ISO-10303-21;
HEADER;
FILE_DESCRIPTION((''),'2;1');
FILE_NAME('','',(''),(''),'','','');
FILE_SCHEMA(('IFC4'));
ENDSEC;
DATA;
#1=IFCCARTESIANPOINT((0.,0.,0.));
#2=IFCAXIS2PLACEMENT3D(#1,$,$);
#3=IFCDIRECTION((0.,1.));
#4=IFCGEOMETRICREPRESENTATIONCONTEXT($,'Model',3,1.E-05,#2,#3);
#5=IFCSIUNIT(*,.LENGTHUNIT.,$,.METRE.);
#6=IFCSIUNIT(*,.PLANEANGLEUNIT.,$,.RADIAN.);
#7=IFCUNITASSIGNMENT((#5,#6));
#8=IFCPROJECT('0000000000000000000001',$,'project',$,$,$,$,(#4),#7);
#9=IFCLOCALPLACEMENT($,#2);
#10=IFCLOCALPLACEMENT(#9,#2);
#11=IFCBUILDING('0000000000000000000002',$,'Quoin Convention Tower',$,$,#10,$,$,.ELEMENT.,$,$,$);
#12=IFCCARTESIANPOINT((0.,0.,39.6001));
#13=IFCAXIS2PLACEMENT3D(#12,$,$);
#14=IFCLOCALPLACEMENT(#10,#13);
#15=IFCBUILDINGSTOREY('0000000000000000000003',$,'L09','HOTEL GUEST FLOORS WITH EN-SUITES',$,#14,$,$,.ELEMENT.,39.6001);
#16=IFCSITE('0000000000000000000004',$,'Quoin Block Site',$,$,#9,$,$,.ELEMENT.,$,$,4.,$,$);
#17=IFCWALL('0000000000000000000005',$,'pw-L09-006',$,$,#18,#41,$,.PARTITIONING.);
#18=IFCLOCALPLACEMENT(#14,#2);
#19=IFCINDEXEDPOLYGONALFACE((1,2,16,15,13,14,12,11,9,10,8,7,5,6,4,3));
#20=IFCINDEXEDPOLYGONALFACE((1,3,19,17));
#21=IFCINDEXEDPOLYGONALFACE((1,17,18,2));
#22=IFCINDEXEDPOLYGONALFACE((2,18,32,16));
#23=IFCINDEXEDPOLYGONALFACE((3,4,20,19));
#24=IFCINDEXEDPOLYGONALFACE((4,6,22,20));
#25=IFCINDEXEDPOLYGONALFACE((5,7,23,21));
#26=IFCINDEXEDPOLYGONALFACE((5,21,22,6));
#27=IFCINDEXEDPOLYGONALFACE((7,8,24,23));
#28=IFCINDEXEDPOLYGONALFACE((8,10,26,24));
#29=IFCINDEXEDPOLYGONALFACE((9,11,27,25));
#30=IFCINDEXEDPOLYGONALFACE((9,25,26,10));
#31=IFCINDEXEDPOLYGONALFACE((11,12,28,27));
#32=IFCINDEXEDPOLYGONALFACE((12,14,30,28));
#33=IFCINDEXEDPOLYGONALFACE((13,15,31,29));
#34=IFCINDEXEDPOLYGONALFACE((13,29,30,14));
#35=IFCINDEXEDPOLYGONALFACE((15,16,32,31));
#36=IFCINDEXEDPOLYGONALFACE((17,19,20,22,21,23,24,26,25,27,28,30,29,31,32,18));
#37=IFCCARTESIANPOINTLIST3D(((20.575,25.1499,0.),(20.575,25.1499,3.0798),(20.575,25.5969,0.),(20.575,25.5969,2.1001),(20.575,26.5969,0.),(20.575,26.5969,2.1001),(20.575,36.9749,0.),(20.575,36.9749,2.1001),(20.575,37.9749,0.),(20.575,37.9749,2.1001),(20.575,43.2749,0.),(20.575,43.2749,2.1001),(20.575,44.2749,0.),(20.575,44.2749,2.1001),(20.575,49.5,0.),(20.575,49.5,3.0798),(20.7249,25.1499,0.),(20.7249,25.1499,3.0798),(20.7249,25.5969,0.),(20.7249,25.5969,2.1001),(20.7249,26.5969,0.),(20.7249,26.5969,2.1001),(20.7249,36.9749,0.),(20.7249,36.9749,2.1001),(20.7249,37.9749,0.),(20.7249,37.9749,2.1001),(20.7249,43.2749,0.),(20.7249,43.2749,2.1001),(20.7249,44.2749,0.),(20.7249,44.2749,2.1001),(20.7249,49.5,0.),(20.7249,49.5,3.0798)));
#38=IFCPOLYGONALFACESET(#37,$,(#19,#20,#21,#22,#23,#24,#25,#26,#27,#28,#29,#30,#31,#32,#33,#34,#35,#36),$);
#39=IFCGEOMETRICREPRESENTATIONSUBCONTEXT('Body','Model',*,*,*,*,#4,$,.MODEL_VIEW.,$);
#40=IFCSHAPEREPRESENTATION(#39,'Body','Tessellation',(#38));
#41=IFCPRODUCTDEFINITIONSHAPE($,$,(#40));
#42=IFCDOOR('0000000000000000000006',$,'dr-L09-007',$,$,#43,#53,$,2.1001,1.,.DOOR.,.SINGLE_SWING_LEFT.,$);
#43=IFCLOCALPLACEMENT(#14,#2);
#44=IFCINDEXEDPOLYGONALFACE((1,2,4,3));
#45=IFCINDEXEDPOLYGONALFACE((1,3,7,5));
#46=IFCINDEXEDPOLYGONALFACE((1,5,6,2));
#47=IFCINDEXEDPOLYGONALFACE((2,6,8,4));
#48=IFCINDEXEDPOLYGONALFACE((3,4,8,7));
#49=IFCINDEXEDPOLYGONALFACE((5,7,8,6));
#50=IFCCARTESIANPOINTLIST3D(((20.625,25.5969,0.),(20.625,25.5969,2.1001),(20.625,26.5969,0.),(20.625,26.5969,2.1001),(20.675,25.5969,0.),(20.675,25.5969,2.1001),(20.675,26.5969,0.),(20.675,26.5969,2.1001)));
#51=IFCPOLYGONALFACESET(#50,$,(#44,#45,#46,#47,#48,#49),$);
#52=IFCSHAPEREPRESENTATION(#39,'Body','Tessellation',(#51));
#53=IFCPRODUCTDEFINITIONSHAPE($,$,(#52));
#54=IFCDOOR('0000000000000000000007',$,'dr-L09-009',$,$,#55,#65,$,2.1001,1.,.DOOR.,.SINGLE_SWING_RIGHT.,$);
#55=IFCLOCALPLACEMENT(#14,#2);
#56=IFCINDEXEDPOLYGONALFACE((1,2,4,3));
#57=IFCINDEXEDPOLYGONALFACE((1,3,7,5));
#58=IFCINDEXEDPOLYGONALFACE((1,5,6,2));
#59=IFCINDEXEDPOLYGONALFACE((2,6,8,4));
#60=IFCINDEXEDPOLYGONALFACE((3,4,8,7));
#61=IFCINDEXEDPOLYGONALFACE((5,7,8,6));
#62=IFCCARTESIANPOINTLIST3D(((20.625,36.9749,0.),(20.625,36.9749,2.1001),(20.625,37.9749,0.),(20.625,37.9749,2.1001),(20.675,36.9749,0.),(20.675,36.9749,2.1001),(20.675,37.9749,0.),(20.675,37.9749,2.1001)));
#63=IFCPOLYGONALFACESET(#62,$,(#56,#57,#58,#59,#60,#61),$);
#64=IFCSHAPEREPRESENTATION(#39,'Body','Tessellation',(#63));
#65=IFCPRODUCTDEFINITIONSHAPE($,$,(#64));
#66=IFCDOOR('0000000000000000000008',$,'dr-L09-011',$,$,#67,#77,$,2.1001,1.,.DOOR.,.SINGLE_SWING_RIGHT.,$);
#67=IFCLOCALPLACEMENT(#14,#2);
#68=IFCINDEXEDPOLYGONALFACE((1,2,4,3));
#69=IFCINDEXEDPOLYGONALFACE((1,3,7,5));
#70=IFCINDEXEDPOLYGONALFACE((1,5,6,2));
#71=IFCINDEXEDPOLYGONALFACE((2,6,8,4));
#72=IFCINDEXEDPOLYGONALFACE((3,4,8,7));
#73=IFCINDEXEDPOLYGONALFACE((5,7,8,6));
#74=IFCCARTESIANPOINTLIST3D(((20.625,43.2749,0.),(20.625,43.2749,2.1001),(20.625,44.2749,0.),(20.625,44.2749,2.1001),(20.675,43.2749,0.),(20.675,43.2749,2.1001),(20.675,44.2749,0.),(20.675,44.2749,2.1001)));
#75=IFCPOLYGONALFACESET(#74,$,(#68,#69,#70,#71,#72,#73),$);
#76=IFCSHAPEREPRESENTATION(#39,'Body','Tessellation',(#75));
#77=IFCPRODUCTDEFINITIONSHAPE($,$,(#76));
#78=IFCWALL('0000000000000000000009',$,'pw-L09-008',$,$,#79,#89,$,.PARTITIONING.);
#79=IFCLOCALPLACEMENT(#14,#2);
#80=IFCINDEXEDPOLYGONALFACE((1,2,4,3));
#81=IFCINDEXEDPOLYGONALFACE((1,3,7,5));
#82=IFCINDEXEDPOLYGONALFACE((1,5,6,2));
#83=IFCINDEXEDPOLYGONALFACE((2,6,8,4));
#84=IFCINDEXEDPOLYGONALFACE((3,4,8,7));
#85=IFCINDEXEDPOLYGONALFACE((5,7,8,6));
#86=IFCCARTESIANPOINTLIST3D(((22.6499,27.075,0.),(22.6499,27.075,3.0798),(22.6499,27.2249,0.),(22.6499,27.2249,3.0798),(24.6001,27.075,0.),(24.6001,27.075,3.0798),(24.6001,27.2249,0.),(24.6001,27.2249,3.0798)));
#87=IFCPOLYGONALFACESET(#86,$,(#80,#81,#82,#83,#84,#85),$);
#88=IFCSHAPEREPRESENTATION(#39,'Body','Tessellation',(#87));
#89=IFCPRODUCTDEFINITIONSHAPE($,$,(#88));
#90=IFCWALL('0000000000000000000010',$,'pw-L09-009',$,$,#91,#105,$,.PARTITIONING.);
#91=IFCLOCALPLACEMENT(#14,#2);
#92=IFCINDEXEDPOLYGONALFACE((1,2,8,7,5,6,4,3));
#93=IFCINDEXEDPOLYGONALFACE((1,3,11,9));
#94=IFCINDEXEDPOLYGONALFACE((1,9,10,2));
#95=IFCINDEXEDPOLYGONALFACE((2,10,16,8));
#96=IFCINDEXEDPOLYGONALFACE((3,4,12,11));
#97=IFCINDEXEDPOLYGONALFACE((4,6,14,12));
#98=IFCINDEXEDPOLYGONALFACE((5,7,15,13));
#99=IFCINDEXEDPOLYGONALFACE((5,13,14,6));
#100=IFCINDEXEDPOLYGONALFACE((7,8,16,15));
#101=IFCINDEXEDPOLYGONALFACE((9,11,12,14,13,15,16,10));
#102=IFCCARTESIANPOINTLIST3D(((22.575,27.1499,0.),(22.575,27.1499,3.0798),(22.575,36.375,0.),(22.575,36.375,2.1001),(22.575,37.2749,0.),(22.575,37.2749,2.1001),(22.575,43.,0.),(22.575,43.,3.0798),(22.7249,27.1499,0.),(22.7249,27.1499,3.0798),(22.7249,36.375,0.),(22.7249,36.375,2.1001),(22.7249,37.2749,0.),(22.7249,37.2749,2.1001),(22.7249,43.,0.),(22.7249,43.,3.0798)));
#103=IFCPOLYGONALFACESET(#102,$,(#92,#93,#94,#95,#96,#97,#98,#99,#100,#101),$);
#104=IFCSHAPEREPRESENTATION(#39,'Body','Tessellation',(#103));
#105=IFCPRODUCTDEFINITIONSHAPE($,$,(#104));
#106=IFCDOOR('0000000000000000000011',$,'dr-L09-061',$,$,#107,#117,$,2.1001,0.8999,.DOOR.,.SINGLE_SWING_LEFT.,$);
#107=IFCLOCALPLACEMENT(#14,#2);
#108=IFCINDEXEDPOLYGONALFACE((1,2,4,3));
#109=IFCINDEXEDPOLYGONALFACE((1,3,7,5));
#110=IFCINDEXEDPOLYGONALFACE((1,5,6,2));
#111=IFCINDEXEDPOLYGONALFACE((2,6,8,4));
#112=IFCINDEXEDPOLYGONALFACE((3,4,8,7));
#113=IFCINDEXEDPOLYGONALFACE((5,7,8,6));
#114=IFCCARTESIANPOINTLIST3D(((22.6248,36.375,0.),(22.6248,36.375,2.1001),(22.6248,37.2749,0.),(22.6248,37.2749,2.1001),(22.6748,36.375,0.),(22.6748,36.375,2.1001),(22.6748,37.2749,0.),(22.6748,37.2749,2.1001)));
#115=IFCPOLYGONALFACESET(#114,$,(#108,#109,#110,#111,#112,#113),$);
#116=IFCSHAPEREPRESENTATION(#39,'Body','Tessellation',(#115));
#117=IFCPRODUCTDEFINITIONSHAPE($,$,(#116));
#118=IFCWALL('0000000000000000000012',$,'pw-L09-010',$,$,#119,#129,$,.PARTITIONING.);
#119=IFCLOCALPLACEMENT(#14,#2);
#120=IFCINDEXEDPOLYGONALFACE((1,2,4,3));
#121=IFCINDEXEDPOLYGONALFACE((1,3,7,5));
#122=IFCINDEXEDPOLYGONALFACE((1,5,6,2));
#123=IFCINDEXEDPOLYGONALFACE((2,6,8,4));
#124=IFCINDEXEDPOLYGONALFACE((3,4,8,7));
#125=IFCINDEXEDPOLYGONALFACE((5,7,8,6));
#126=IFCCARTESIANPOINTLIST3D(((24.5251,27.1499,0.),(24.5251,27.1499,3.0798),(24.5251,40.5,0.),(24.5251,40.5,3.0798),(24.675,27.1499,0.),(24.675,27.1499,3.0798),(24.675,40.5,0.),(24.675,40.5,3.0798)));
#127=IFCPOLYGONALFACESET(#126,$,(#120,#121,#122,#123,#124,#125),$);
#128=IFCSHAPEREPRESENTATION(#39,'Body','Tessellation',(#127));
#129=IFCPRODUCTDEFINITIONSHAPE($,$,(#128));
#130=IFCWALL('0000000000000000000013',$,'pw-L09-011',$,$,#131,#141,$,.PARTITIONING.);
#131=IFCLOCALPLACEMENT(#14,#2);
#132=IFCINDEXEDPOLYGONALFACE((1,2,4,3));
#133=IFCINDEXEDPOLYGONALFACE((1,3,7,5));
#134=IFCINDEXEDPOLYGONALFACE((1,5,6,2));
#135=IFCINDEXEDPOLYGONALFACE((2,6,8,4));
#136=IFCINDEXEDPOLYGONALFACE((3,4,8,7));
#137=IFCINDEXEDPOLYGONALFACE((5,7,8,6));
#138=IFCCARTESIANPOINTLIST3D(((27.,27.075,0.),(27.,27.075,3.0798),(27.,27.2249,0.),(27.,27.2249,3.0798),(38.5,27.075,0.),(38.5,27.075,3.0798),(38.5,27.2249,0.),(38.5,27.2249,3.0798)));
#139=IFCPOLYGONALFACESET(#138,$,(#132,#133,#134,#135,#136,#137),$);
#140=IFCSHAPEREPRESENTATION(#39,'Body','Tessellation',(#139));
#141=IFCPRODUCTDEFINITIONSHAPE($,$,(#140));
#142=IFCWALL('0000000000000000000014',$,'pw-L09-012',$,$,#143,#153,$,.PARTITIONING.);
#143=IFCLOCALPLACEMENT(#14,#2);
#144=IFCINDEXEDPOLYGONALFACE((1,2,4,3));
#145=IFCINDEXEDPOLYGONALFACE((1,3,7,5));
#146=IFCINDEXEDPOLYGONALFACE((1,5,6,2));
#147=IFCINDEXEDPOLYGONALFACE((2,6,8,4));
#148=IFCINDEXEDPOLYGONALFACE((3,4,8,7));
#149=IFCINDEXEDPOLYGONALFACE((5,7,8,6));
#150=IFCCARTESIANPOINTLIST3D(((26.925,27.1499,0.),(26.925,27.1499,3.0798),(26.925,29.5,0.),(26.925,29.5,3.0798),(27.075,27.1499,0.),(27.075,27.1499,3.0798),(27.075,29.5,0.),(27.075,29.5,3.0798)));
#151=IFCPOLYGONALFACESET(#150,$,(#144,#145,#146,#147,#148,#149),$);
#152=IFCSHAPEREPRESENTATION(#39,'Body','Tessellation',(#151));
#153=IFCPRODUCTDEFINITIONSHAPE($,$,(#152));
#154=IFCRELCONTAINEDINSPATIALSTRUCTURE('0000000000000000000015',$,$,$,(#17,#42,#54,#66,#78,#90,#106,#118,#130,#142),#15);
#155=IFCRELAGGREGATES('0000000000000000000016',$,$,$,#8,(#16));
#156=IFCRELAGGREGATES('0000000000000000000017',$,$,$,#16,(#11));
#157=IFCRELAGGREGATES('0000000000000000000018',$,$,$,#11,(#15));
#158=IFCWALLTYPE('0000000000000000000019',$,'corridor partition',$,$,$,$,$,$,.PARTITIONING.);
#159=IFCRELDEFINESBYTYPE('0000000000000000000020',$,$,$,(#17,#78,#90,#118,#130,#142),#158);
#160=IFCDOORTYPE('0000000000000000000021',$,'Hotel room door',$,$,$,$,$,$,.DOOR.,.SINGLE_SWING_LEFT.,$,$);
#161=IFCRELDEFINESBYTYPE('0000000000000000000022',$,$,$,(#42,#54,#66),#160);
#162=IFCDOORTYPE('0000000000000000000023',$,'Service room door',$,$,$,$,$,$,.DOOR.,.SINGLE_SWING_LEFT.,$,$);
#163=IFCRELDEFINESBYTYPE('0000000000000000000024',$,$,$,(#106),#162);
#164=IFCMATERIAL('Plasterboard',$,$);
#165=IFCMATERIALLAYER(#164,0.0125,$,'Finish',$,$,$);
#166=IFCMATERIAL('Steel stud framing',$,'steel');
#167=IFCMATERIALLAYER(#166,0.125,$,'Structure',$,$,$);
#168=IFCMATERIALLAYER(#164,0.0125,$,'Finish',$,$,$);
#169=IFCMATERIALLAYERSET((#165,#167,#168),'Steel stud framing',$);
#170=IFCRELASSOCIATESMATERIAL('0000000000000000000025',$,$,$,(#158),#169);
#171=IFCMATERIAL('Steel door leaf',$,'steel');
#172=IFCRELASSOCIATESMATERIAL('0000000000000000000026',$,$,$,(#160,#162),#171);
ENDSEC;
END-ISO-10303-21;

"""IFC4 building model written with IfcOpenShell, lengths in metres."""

from ifc_helpers import new_model, si_unit, direction, frame, frame_2d, origin, place, context, subcontext, project, spatial, rectangle, extrude, material, layer, layer_set, type_object, element, fill, save


model = new_model("IFC4")

# Units and contexts
model_context = context("Model", 3, precision=1e-05, world=origin(), true_north=direction((0.0, 1.0)))
body_context = subcontext(model_context, "Body", "Model", "MODEL_VIEW")
ifc_project = project(units=[si_unit("LENGTHUNIT", "METRE"), si_unit("PLANEANGLEUNIT", "RADIAN")], contexts=[model_context])

# Site, building, storey
site_placement = place(None, origin())
site = spatial("IfcSite", under=ifc_project, at=site_placement, Name="Quoin Block Site", CompositionType="ELEMENT", RefElevation=4.0)
building_placement = place(site_placement, origin())
building = spatial("IfcBuilding", under=site, at=building_placement, Name="Quoin Convention Tower", CompositionType="ELEMENT")
storey_placement = place(building_placement, frame((0.0, 0.0, 39.6001)))
storey = spatial("IfcBuildingStorey", under=building, at=storey_placement, Name="L09", Description="HOTEL GUEST FLOORS WITH EN-SUITES", CompositionType="ELEMENT", Elevation=39.6001)

# Shared definitions
ifc_material_1 = material(Name="Steel door leaf", Category="steel")

# Wall, openings, doors
ifc_material_2 = material(Name="Plasterboard")
ifc_layer_1 = layer(ifc_material_2, 0.0125, Name="Finish")
ifc_material_3 = material(Name="Steel stud framing", Category="steel")
ifc_layer_2 = layer(ifc_material_3, 0.125, Name="Structure")
ifc_layer_3 = layer(ifc_material_2, 0.0125, Name="Finish")
ifc_layer_set_1 = layer_set([ifc_layer_1, ifc_layer_2, ifc_layer_3], Name="Steel stud framing")
wall_type_1 = type_object("IfcWallType", Name="corridor partition", PredefinedType="PARTITIONING", material=ifc_layer_set_1)
wall_1_placement = place(storey_placement, frame((20.6499, 25.1499, 0.0), z_axis=(0.0, 0.0, 1.0), x_axis=(0.0, 1.0, 0.0)))
wall_1 = element("IfcWall", 1, at=wall_1_placement, inside=storey, type_object=wall_type_1, Name="pw-L09-006", PredefinedType="PARTITIONING", context=body_context, shape_type="SweptSolid", body=[
    extrude(rectangle(XDim=24.3501, YDim=0.1499, at=frame_2d((12.175, 0.0))), origin(), (0.0, 0.0, 1.0), 3.0798),
])
opening_1_placement = place(wall_1_placement, frame((0.447, 0.0, 0.0)))
opening_1 = element("IfcOpeningElement", 2, at=opening_1_placement, cuts=wall_1, PredefinedType="OPENING", context=body_context, shape_type="SweptSolid", body=[
    extrude(rectangle(XDim=1.0, YDim=2.1001, at=frame_2d((0.5, 1.05))), frame((0.0, 0.085, 0.0), z_axis=(0.0, -1.0, 0.0), x_axis=(1.0, 0.0, 0.0)), (0.0, 0.0, 1.0), 0.1699),
])
opening_2_placement = place(wall_1_placement, frame((11.825, 0.0, 0.0)))
opening_2 = element("IfcOpeningElement", 3, at=opening_2_placement, cuts=wall_1, PredefinedType="OPENING", context=body_context, shape_type="SweptSolid", body=[
    extrude(rectangle(XDim=1.0, YDim=2.1001, at=frame_2d((0.5, 1.05))), frame((0.0, 0.085, 0.0), z_axis=(0.0, -1.0, 0.0), x_axis=(1.0, 0.0, 0.0)), (0.0, 0.0, 1.0), 0.1699),
])
opening_3_placement = place(wall_1_placement, frame((18.125, 0.0, 0.0)))
opening_3 = element("IfcOpeningElement", 4, at=opening_3_placement, cuts=wall_1, PredefinedType="OPENING", context=body_context, shape_type="SweptSolid", body=[
    extrude(rectangle(XDim=1.0, YDim=2.1001, at=frame_2d((0.5, 1.05))), frame((0.0, 0.085, 0.0), z_axis=(0.0, -1.0, 0.0), x_axis=(1.0, 0.0, 0.0)), (0.0, 0.0, 1.0), 0.1699),
])
door_type_1 = type_object("IfcDoorType", Name="Hotel room door", OperationType="SINGLE_SWING_LEFT", PredefinedType="DOOR", material=ifc_material_1)
door_1_placement = place(opening_1_placement, origin())
door_1 = element("IfcDoor", 5, at=door_1_placement, inside=storey, type_object=door_type_1, Name="dr-L09-007", OperationType="SINGLE_SWING_LEFT", OverallHeight=2.1001, OverallWidth=1.0, PredefinedType="DOOR", context=body_context, shape_type="SweptSolid", body=[
    extrude(rectangle(XDim=1.0, YDim=2.1001, at=frame_2d((0.5, 1.05))), frame((0.0, 0.0249, 0.0), z_axis=(0.0, -1.0, 0.0), x_axis=(1.0, 0.0, 0.0)), (0.0, 0.0, 1.0), 0.05),
])
fill(opening_1, door_1)
door_2_placement = place(opening_2_placement, origin())
door_2 = element("IfcDoor", 6, at=door_2_placement, inside=storey, type_object=door_type_1, Name="dr-L09-009", OperationType="SINGLE_SWING_RIGHT", OverallHeight=2.1001, OverallWidth=1.0, PredefinedType="DOOR", context=body_context, shape_type="SweptSolid", body=[
    extrude(rectangle(XDim=1.0, YDim=2.1001, at=frame_2d((0.5, 1.05))), frame((0.0, 0.0249, 0.0), z_axis=(0.0, -1.0, 0.0), x_axis=(1.0, 0.0, 0.0)), (0.0, 0.0, 1.0), 0.05),
])
fill(opening_2, door_2)
door_3_placement = place(opening_3_placement, origin())
door_3 = element("IfcDoor", 7, at=door_3_placement, inside=storey, type_object=door_type_1, Name="dr-L09-011", OperationType="SINGLE_SWING_RIGHT", OverallHeight=2.1001, OverallWidth=1.0, PredefinedType="DOOR", context=body_context, shape_type="SweptSolid", body=[
    extrude(rectangle(XDim=1.0, YDim=2.1001, at=frame_2d((0.5, 1.05))), frame((0.0, 0.0249, 0.0), z_axis=(0.0, -1.0, 0.0), x_axis=(1.0, 0.0, 0.0)), (0.0, 0.0, 1.0), 0.05),
])
fill(opening_3, door_3)

# Wall
wall_2_placement = place(storey_placement, frame((22.6499, 27.1499, 0.0), z_axis=(0.0, 0.0, 1.0), x_axis=(1.0, 0.0, 0.0)))
element("IfcWall", 8, at=wall_2_placement, inside=storey, type_object=wall_type_1, Name="pw-L09-008", PredefinedType="PARTITIONING", context=body_context, shape_type="SweptSolid", body=[
    extrude(rectangle(XDim=1.9502, YDim=0.1499, at=frame_2d((0.9751, 0.0))), origin(), (0.0, 0.0, 1.0), 3.0798),
])

# Wall, opening, door
wall_3_placement = place(storey_placement, frame((22.6499, 27.1499, 0.0), z_axis=(0.0, 0.0, 1.0), x_axis=(0.0, 1.0, 0.0)))
wall_3 = element("IfcWall", 9, at=wall_3_placement, inside=storey, type_object=wall_type_1, Name="pw-L09-009", PredefinedType="PARTITIONING", context=body_context, shape_type="SweptSolid", body=[
    extrude(rectangle(XDim=15.8501, YDim=0.1499, at=frame_2d((7.925, 0.0))), origin(), (0.0, 0.0, 1.0), 3.0798),
])
opening_4_placement = place(wall_3_placement, frame((9.2251, 0.0, 0.0)))
opening_4 = element("IfcOpeningElement", 10, at=opening_4_placement, cuts=wall_3, PredefinedType="OPENING", context=body_context, shape_type="SweptSolid", body=[
    extrude(rectangle(XDim=0.8999, YDim=2.1001, at=frame_2d((0.45, 1.05))), frame((0.0, 0.085, 0.0), z_axis=(0.0, -1.0, 0.0), x_axis=(1.0, 0.0, 0.0)), (0.0, 0.0, 1.0), 0.1699),
])
door_type_2 = type_object("IfcDoorType", Name="Service room door", OperationType="SINGLE_SWING_LEFT", PredefinedType="DOOR", material=ifc_material_1)
door_4_placement = place(opening_4_placement, frame((0.8999, 0.0, 0.0), z_axis=(0.0, 0.0, 1.0), x_axis=(-1.0, 0.0, 0.0)))
door_4 = element("IfcDoor", 11, at=door_4_placement, inside=storey, type_object=door_type_2, Name="dr-L09-061", OperationType="SINGLE_SWING_LEFT", OverallHeight=2.1001, OverallWidth=0.8999, PredefinedType="DOOR", context=body_context, shape_type="SweptSolid", body=[
    extrude(rectangle(XDim=0.8999, YDim=2.1001, at=frame_2d((0.45, 1.05))), frame((0.0, 0.0249, 0.0), z_axis=(0.0, -1.0, 0.0), x_axis=(1.0, 0.0, 0.0)), (0.0, 0.0, 1.0), 0.05),
])
fill(opening_4, door_4)

# Walls
wall_4_placement = place(storey_placement, frame((24.6001, 27.1499, 0.0), z_axis=(0.0, 0.0, 1.0), x_axis=(0.0, 1.0, 0.0)))
element("IfcWall", 12, at=wall_4_placement, inside=storey, type_object=wall_type_1, Name="pw-L09-010", PredefinedType="PARTITIONING", context=body_context, shape_type="SweptSolid", body=[
    extrude(rectangle(XDim=13.3501, YDim=0.1499, at=frame_2d((6.675, 0.0))), origin(), (0.0, 0.0, 1.0), 3.0798),
])
wall_5_placement = place(storey_placement, frame((27.0, 27.1499, 0.0), z_axis=(0.0, 0.0, 1.0), x_axis=(1.0, 0.0, 0.0)))
element("IfcWall", 13, at=wall_5_placement, inside=storey, type_object=wall_type_1, Name="pw-L09-011", PredefinedType="PARTITIONING", context=body_context, shape_type="SweptSolid", body=[
    extrude(rectangle(XDim=11.5, YDim=0.1499, at=frame_2d((5.75, 0.0))), origin(), (0.0, 0.0, 1.0), 3.0798),
])
wall_6_placement = place(storey_placement, frame((27.0, 27.1499, 0.0), z_axis=(0.0, 0.0, 1.0), x_axis=(0.0, 1.0, 0.0)))
element("IfcWall", 14, at=wall_6_placement, inside=storey, type_object=wall_type_1, Name="pw-L09-012", PredefinedType="PARTITIONING", context=body_context, shape_type="SweptSolid", body=[
    extrude(rectangle(XDim=2.3501, YDim=0.1499, at=frame_2d((1.175, 0.0))), origin(), (0.0, 0.0, 1.0), 3.0798),
])

save(model, "model.ifc")
